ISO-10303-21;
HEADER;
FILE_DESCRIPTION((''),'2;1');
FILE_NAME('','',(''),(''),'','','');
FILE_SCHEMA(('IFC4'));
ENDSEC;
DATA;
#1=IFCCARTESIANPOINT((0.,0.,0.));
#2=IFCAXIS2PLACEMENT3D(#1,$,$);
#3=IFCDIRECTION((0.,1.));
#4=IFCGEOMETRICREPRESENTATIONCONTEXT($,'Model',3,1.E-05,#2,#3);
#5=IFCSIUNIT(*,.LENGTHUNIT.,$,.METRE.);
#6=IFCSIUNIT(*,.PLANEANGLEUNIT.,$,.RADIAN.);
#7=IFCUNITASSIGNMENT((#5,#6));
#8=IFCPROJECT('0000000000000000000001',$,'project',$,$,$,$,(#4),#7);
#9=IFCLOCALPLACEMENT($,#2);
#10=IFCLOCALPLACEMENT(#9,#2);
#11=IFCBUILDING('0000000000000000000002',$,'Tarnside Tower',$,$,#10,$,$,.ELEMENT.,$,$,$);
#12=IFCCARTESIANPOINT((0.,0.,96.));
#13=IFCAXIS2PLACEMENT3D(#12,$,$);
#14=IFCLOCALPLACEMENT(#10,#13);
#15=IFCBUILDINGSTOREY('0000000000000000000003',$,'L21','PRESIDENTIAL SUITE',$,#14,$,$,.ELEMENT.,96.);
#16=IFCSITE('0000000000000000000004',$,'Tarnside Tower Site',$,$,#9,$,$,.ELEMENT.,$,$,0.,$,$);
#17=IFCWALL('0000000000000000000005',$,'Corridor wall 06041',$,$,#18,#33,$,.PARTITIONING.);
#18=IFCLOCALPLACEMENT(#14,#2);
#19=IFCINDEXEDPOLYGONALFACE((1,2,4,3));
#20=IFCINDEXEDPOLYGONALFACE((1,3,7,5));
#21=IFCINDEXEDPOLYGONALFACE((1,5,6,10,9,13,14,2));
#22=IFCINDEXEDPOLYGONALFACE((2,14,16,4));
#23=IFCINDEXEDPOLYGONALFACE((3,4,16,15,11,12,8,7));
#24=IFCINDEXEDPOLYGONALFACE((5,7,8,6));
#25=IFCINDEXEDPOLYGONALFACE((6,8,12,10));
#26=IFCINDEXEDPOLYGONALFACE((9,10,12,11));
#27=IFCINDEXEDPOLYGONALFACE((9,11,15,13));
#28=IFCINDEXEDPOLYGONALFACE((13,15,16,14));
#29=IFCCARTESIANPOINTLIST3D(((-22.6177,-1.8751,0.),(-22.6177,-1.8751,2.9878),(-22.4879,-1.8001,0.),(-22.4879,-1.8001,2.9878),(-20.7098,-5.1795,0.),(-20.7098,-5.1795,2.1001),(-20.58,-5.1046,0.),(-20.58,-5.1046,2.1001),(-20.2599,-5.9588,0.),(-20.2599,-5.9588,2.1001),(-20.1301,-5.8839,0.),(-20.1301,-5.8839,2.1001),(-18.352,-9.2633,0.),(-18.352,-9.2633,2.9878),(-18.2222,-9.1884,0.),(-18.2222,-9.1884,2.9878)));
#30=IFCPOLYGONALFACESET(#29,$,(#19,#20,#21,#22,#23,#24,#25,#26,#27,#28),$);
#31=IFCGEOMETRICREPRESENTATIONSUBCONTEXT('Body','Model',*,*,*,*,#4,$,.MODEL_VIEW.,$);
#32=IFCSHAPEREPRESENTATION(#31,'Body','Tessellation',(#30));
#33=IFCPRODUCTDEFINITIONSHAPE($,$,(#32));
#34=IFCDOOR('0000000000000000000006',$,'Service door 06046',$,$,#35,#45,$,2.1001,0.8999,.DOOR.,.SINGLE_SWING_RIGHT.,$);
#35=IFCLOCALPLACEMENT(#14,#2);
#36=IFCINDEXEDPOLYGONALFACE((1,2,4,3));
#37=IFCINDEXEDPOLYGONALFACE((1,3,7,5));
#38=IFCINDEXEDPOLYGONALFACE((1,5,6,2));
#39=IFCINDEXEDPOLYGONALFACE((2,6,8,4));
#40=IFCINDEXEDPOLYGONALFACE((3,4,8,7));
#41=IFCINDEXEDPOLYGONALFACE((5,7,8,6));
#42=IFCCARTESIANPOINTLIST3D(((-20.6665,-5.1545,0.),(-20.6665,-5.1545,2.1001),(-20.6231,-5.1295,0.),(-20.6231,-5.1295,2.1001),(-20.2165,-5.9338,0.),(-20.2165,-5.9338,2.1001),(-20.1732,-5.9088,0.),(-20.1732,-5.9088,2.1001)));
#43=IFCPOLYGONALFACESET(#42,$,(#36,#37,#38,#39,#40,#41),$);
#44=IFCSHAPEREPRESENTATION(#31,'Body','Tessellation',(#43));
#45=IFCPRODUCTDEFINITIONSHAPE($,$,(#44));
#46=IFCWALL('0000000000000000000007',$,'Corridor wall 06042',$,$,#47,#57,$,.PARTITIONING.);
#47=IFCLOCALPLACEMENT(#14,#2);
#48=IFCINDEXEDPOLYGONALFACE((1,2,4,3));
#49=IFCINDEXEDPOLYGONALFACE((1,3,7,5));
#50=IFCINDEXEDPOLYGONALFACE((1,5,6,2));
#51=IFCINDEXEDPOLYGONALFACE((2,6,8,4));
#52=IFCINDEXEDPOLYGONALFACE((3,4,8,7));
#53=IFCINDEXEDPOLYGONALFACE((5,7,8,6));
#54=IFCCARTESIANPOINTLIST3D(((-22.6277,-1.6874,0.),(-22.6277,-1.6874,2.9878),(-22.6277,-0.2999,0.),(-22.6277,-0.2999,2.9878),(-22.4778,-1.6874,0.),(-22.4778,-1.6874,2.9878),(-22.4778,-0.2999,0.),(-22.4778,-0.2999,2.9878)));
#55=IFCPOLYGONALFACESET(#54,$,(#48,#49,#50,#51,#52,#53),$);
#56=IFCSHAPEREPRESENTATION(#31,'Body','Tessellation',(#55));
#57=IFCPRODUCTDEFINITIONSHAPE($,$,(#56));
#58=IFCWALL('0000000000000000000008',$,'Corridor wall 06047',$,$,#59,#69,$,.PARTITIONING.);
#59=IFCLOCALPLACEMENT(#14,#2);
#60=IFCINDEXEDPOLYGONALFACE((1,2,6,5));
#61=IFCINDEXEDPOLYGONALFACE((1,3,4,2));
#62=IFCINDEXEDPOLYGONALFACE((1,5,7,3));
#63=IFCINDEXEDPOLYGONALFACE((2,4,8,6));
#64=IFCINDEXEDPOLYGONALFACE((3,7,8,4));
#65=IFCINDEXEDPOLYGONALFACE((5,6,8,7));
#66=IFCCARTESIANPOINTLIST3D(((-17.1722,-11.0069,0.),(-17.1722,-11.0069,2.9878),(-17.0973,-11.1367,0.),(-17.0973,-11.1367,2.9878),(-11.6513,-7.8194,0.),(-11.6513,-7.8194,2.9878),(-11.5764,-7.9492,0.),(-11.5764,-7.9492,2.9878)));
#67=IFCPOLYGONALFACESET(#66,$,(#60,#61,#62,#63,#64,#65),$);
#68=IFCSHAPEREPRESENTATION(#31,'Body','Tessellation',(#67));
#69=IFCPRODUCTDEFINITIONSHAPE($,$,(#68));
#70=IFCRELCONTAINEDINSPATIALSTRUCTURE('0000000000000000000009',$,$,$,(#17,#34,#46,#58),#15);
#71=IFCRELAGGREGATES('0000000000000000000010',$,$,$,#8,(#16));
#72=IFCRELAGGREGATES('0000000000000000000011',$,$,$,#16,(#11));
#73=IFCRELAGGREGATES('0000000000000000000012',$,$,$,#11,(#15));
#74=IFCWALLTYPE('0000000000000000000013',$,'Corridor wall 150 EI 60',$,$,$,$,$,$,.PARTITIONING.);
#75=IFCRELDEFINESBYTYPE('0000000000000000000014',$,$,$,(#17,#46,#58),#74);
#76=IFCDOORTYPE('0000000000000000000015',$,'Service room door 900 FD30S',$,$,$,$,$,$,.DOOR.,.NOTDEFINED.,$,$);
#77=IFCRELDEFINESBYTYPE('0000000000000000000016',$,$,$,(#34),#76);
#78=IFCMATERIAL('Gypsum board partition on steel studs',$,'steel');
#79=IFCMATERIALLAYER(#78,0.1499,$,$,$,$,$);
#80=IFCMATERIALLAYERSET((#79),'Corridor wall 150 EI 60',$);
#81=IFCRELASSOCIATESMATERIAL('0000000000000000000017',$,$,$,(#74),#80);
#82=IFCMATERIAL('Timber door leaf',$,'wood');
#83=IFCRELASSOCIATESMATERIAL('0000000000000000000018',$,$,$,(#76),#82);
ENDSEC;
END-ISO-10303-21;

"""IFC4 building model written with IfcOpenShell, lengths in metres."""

from ifc_helpers import new_model, si_unit, direction, frame, frame_2d, origin, place, context, subcontext, project, spatial, rectangle, extrude, material, layer, layer_set, type_object, element, fill, save


model = new_model("IFC4")

# Units and contexts
model_context = context("Model", 3, precision=1e-05, world=origin(), true_north=direction((0.0, 1.0)))
body_context = subcontext(model_context, "Body", "Model", "MODEL_VIEW")
ifc_project = project(units=[si_unit("LENGTHUNIT", "METRE"), si_unit("PLANEANGLEUNIT", "RADIAN")], contexts=[model_context])

# Site, building, storey
site_placement = place(None, origin())
site = spatial("IfcSite", under=ifc_project, at=site_placement, Name="Tarnside Tower Site", CompositionType="ELEMENT", RefElevation=0.0)
building_placement = place(site_placement, origin())
building = spatial("IfcBuilding", under=site, at=building_placement, Name="Tarnside Tower", CompositionType="ELEMENT")
storey_placement = place(building_placement, frame((0.0, 0.0, 96.0)))
storey = spatial("IfcBuildingStorey", under=building, at=storey_placement, Name="L21", Description="PRESIDENTIAL SUITE", CompositionType="ELEMENT", Elevation=96.0)

# Shared definitions
ifc_material_1 = material(Name="Gypsum board partition on steel studs", Category="steel")

# Shared definitions
ifc_material_2 = material(Name="Timber door leaf", Category="wood")

# Shared definitions
ifc_layer_1 = layer(ifc_material_1, 0.1499)
ifc_layer_set_1 = layer_set([ifc_layer_1], Name="Corridor wall 150 EI 60")
wall_type_1 = type_object("IfcWallType", Name="Corridor wall 150 EI 60", PredefinedType="PARTITIONING", material=ifc_layer_set_1)

# Wall, opening, door
wall_1_placement = place(storey_placement, frame((-18.2871, -9.2258, 0.0), z_axis=(0.0, 0.0, 1.0), x_axis=(-0.500005, 0.866023, 0.0)))
wall_1 = element("IfcWall", 1, at=wall_1_placement, inside=storey, type_object=wall_type_1, Name="Corridor wall 06041", PredefinedType="PARTITIONING", context=body_context, shape_type="SweptSolid", body=[
    extrude(rectangle(XDim=8.5312, YDim=0.1499, at=frame_2d((4.2656, 0.0))), origin(), (0.0, 0.0, 1.0), 2.9878),
])
opening_1_placement = place(wall_1_placement, frame((3.8157, 0.0, 0.0)))
opening_1 = element("IfcOpeningElement", 2, at=opening_1_placement, cuts=wall_1, PredefinedType="OPENING", context=body_context, shape_type="SweptSolid", body=[
    extrude(rectangle(XDim=0.8999, YDim=2.1001, at=frame_2d((0.45, 1.05))), frame((0.0, 0.085, 0.0), z_axis=(0.0, -1.0, 0.0), x_axis=(1.0, 0.0, 0.0)), (0.0, 0.0, 1.0), 0.1699),
])
door_type_1 = type_object("IfcDoorType", Name="Service room door 900 FD30S", OperationType="NOTDEFINED", PredefinedType="DOOR", material=ifc_material_2)
door_1_placement = place(opening_1_placement, origin())
door_1 = element("IfcDoor", 3, at=door_1_placement, inside=storey, type_object=door_type_1, Name="Service door 06046", OperationType="SINGLE_SWING_RIGHT", OverallHeight=2.1001, OverallWidth=0.8999, PredefinedType="DOOR", context=body_context, shape_type="SweptSolid", body=[
    extrude(rectangle(XDim=0.8999, YDim=2.1001, at=frame_2d((0.45, 1.05))), frame((0.0, 0.0249, 0.0), z_axis=(0.0, -1.0, 0.0), x_axis=(1.0, 0.0, 0.0)), (0.0, 0.0, 1.0), 0.05),
])
fill(opening_1, door_1)

# Walls
wall_2_placement = place(storey_placement, frame((-22.5527, -1.6875, 0.0), z_axis=(0.0, 0.0, 1.0), x_axis=(0.0, 1.0, 0.0)))
element("IfcWall", 4, at=wall_2_placement, inside=storey, type_object=wall_type_1, Name="Corridor wall 06042", PredefinedType="PARTITIONING", context=body_context, shape_type="SweptSolid", body=[
    extrude(rectangle(XDim=1.3875, YDim=0.1499, at=frame_2d((0.6938, 0.0))), origin(), (0.0, 0.0, 1.0), 2.9878),
])
wall_3_placement = place(storey_placement, frame((-17.1348, -11.0718, 0.0), z_axis=(0.0, 0.0, 1.0), x_axis=(0.866029, 0.499994, 0.0)))
element("IfcWall", 5, at=wall_3_placement, inside=storey, type_object=wall_type_1, Name="Corridor wall 06047", PredefinedType="PARTITIONING", context=body_context, shape_type="SweptSolid", body=[
    extrude(rectangle(XDim=6.375, YDim=0.1499, at=frame_2d((3.1875, 0.0))), origin(), (0.0, 0.0, 1.0), 2.9878),
])

save(model, "model.ifc")
